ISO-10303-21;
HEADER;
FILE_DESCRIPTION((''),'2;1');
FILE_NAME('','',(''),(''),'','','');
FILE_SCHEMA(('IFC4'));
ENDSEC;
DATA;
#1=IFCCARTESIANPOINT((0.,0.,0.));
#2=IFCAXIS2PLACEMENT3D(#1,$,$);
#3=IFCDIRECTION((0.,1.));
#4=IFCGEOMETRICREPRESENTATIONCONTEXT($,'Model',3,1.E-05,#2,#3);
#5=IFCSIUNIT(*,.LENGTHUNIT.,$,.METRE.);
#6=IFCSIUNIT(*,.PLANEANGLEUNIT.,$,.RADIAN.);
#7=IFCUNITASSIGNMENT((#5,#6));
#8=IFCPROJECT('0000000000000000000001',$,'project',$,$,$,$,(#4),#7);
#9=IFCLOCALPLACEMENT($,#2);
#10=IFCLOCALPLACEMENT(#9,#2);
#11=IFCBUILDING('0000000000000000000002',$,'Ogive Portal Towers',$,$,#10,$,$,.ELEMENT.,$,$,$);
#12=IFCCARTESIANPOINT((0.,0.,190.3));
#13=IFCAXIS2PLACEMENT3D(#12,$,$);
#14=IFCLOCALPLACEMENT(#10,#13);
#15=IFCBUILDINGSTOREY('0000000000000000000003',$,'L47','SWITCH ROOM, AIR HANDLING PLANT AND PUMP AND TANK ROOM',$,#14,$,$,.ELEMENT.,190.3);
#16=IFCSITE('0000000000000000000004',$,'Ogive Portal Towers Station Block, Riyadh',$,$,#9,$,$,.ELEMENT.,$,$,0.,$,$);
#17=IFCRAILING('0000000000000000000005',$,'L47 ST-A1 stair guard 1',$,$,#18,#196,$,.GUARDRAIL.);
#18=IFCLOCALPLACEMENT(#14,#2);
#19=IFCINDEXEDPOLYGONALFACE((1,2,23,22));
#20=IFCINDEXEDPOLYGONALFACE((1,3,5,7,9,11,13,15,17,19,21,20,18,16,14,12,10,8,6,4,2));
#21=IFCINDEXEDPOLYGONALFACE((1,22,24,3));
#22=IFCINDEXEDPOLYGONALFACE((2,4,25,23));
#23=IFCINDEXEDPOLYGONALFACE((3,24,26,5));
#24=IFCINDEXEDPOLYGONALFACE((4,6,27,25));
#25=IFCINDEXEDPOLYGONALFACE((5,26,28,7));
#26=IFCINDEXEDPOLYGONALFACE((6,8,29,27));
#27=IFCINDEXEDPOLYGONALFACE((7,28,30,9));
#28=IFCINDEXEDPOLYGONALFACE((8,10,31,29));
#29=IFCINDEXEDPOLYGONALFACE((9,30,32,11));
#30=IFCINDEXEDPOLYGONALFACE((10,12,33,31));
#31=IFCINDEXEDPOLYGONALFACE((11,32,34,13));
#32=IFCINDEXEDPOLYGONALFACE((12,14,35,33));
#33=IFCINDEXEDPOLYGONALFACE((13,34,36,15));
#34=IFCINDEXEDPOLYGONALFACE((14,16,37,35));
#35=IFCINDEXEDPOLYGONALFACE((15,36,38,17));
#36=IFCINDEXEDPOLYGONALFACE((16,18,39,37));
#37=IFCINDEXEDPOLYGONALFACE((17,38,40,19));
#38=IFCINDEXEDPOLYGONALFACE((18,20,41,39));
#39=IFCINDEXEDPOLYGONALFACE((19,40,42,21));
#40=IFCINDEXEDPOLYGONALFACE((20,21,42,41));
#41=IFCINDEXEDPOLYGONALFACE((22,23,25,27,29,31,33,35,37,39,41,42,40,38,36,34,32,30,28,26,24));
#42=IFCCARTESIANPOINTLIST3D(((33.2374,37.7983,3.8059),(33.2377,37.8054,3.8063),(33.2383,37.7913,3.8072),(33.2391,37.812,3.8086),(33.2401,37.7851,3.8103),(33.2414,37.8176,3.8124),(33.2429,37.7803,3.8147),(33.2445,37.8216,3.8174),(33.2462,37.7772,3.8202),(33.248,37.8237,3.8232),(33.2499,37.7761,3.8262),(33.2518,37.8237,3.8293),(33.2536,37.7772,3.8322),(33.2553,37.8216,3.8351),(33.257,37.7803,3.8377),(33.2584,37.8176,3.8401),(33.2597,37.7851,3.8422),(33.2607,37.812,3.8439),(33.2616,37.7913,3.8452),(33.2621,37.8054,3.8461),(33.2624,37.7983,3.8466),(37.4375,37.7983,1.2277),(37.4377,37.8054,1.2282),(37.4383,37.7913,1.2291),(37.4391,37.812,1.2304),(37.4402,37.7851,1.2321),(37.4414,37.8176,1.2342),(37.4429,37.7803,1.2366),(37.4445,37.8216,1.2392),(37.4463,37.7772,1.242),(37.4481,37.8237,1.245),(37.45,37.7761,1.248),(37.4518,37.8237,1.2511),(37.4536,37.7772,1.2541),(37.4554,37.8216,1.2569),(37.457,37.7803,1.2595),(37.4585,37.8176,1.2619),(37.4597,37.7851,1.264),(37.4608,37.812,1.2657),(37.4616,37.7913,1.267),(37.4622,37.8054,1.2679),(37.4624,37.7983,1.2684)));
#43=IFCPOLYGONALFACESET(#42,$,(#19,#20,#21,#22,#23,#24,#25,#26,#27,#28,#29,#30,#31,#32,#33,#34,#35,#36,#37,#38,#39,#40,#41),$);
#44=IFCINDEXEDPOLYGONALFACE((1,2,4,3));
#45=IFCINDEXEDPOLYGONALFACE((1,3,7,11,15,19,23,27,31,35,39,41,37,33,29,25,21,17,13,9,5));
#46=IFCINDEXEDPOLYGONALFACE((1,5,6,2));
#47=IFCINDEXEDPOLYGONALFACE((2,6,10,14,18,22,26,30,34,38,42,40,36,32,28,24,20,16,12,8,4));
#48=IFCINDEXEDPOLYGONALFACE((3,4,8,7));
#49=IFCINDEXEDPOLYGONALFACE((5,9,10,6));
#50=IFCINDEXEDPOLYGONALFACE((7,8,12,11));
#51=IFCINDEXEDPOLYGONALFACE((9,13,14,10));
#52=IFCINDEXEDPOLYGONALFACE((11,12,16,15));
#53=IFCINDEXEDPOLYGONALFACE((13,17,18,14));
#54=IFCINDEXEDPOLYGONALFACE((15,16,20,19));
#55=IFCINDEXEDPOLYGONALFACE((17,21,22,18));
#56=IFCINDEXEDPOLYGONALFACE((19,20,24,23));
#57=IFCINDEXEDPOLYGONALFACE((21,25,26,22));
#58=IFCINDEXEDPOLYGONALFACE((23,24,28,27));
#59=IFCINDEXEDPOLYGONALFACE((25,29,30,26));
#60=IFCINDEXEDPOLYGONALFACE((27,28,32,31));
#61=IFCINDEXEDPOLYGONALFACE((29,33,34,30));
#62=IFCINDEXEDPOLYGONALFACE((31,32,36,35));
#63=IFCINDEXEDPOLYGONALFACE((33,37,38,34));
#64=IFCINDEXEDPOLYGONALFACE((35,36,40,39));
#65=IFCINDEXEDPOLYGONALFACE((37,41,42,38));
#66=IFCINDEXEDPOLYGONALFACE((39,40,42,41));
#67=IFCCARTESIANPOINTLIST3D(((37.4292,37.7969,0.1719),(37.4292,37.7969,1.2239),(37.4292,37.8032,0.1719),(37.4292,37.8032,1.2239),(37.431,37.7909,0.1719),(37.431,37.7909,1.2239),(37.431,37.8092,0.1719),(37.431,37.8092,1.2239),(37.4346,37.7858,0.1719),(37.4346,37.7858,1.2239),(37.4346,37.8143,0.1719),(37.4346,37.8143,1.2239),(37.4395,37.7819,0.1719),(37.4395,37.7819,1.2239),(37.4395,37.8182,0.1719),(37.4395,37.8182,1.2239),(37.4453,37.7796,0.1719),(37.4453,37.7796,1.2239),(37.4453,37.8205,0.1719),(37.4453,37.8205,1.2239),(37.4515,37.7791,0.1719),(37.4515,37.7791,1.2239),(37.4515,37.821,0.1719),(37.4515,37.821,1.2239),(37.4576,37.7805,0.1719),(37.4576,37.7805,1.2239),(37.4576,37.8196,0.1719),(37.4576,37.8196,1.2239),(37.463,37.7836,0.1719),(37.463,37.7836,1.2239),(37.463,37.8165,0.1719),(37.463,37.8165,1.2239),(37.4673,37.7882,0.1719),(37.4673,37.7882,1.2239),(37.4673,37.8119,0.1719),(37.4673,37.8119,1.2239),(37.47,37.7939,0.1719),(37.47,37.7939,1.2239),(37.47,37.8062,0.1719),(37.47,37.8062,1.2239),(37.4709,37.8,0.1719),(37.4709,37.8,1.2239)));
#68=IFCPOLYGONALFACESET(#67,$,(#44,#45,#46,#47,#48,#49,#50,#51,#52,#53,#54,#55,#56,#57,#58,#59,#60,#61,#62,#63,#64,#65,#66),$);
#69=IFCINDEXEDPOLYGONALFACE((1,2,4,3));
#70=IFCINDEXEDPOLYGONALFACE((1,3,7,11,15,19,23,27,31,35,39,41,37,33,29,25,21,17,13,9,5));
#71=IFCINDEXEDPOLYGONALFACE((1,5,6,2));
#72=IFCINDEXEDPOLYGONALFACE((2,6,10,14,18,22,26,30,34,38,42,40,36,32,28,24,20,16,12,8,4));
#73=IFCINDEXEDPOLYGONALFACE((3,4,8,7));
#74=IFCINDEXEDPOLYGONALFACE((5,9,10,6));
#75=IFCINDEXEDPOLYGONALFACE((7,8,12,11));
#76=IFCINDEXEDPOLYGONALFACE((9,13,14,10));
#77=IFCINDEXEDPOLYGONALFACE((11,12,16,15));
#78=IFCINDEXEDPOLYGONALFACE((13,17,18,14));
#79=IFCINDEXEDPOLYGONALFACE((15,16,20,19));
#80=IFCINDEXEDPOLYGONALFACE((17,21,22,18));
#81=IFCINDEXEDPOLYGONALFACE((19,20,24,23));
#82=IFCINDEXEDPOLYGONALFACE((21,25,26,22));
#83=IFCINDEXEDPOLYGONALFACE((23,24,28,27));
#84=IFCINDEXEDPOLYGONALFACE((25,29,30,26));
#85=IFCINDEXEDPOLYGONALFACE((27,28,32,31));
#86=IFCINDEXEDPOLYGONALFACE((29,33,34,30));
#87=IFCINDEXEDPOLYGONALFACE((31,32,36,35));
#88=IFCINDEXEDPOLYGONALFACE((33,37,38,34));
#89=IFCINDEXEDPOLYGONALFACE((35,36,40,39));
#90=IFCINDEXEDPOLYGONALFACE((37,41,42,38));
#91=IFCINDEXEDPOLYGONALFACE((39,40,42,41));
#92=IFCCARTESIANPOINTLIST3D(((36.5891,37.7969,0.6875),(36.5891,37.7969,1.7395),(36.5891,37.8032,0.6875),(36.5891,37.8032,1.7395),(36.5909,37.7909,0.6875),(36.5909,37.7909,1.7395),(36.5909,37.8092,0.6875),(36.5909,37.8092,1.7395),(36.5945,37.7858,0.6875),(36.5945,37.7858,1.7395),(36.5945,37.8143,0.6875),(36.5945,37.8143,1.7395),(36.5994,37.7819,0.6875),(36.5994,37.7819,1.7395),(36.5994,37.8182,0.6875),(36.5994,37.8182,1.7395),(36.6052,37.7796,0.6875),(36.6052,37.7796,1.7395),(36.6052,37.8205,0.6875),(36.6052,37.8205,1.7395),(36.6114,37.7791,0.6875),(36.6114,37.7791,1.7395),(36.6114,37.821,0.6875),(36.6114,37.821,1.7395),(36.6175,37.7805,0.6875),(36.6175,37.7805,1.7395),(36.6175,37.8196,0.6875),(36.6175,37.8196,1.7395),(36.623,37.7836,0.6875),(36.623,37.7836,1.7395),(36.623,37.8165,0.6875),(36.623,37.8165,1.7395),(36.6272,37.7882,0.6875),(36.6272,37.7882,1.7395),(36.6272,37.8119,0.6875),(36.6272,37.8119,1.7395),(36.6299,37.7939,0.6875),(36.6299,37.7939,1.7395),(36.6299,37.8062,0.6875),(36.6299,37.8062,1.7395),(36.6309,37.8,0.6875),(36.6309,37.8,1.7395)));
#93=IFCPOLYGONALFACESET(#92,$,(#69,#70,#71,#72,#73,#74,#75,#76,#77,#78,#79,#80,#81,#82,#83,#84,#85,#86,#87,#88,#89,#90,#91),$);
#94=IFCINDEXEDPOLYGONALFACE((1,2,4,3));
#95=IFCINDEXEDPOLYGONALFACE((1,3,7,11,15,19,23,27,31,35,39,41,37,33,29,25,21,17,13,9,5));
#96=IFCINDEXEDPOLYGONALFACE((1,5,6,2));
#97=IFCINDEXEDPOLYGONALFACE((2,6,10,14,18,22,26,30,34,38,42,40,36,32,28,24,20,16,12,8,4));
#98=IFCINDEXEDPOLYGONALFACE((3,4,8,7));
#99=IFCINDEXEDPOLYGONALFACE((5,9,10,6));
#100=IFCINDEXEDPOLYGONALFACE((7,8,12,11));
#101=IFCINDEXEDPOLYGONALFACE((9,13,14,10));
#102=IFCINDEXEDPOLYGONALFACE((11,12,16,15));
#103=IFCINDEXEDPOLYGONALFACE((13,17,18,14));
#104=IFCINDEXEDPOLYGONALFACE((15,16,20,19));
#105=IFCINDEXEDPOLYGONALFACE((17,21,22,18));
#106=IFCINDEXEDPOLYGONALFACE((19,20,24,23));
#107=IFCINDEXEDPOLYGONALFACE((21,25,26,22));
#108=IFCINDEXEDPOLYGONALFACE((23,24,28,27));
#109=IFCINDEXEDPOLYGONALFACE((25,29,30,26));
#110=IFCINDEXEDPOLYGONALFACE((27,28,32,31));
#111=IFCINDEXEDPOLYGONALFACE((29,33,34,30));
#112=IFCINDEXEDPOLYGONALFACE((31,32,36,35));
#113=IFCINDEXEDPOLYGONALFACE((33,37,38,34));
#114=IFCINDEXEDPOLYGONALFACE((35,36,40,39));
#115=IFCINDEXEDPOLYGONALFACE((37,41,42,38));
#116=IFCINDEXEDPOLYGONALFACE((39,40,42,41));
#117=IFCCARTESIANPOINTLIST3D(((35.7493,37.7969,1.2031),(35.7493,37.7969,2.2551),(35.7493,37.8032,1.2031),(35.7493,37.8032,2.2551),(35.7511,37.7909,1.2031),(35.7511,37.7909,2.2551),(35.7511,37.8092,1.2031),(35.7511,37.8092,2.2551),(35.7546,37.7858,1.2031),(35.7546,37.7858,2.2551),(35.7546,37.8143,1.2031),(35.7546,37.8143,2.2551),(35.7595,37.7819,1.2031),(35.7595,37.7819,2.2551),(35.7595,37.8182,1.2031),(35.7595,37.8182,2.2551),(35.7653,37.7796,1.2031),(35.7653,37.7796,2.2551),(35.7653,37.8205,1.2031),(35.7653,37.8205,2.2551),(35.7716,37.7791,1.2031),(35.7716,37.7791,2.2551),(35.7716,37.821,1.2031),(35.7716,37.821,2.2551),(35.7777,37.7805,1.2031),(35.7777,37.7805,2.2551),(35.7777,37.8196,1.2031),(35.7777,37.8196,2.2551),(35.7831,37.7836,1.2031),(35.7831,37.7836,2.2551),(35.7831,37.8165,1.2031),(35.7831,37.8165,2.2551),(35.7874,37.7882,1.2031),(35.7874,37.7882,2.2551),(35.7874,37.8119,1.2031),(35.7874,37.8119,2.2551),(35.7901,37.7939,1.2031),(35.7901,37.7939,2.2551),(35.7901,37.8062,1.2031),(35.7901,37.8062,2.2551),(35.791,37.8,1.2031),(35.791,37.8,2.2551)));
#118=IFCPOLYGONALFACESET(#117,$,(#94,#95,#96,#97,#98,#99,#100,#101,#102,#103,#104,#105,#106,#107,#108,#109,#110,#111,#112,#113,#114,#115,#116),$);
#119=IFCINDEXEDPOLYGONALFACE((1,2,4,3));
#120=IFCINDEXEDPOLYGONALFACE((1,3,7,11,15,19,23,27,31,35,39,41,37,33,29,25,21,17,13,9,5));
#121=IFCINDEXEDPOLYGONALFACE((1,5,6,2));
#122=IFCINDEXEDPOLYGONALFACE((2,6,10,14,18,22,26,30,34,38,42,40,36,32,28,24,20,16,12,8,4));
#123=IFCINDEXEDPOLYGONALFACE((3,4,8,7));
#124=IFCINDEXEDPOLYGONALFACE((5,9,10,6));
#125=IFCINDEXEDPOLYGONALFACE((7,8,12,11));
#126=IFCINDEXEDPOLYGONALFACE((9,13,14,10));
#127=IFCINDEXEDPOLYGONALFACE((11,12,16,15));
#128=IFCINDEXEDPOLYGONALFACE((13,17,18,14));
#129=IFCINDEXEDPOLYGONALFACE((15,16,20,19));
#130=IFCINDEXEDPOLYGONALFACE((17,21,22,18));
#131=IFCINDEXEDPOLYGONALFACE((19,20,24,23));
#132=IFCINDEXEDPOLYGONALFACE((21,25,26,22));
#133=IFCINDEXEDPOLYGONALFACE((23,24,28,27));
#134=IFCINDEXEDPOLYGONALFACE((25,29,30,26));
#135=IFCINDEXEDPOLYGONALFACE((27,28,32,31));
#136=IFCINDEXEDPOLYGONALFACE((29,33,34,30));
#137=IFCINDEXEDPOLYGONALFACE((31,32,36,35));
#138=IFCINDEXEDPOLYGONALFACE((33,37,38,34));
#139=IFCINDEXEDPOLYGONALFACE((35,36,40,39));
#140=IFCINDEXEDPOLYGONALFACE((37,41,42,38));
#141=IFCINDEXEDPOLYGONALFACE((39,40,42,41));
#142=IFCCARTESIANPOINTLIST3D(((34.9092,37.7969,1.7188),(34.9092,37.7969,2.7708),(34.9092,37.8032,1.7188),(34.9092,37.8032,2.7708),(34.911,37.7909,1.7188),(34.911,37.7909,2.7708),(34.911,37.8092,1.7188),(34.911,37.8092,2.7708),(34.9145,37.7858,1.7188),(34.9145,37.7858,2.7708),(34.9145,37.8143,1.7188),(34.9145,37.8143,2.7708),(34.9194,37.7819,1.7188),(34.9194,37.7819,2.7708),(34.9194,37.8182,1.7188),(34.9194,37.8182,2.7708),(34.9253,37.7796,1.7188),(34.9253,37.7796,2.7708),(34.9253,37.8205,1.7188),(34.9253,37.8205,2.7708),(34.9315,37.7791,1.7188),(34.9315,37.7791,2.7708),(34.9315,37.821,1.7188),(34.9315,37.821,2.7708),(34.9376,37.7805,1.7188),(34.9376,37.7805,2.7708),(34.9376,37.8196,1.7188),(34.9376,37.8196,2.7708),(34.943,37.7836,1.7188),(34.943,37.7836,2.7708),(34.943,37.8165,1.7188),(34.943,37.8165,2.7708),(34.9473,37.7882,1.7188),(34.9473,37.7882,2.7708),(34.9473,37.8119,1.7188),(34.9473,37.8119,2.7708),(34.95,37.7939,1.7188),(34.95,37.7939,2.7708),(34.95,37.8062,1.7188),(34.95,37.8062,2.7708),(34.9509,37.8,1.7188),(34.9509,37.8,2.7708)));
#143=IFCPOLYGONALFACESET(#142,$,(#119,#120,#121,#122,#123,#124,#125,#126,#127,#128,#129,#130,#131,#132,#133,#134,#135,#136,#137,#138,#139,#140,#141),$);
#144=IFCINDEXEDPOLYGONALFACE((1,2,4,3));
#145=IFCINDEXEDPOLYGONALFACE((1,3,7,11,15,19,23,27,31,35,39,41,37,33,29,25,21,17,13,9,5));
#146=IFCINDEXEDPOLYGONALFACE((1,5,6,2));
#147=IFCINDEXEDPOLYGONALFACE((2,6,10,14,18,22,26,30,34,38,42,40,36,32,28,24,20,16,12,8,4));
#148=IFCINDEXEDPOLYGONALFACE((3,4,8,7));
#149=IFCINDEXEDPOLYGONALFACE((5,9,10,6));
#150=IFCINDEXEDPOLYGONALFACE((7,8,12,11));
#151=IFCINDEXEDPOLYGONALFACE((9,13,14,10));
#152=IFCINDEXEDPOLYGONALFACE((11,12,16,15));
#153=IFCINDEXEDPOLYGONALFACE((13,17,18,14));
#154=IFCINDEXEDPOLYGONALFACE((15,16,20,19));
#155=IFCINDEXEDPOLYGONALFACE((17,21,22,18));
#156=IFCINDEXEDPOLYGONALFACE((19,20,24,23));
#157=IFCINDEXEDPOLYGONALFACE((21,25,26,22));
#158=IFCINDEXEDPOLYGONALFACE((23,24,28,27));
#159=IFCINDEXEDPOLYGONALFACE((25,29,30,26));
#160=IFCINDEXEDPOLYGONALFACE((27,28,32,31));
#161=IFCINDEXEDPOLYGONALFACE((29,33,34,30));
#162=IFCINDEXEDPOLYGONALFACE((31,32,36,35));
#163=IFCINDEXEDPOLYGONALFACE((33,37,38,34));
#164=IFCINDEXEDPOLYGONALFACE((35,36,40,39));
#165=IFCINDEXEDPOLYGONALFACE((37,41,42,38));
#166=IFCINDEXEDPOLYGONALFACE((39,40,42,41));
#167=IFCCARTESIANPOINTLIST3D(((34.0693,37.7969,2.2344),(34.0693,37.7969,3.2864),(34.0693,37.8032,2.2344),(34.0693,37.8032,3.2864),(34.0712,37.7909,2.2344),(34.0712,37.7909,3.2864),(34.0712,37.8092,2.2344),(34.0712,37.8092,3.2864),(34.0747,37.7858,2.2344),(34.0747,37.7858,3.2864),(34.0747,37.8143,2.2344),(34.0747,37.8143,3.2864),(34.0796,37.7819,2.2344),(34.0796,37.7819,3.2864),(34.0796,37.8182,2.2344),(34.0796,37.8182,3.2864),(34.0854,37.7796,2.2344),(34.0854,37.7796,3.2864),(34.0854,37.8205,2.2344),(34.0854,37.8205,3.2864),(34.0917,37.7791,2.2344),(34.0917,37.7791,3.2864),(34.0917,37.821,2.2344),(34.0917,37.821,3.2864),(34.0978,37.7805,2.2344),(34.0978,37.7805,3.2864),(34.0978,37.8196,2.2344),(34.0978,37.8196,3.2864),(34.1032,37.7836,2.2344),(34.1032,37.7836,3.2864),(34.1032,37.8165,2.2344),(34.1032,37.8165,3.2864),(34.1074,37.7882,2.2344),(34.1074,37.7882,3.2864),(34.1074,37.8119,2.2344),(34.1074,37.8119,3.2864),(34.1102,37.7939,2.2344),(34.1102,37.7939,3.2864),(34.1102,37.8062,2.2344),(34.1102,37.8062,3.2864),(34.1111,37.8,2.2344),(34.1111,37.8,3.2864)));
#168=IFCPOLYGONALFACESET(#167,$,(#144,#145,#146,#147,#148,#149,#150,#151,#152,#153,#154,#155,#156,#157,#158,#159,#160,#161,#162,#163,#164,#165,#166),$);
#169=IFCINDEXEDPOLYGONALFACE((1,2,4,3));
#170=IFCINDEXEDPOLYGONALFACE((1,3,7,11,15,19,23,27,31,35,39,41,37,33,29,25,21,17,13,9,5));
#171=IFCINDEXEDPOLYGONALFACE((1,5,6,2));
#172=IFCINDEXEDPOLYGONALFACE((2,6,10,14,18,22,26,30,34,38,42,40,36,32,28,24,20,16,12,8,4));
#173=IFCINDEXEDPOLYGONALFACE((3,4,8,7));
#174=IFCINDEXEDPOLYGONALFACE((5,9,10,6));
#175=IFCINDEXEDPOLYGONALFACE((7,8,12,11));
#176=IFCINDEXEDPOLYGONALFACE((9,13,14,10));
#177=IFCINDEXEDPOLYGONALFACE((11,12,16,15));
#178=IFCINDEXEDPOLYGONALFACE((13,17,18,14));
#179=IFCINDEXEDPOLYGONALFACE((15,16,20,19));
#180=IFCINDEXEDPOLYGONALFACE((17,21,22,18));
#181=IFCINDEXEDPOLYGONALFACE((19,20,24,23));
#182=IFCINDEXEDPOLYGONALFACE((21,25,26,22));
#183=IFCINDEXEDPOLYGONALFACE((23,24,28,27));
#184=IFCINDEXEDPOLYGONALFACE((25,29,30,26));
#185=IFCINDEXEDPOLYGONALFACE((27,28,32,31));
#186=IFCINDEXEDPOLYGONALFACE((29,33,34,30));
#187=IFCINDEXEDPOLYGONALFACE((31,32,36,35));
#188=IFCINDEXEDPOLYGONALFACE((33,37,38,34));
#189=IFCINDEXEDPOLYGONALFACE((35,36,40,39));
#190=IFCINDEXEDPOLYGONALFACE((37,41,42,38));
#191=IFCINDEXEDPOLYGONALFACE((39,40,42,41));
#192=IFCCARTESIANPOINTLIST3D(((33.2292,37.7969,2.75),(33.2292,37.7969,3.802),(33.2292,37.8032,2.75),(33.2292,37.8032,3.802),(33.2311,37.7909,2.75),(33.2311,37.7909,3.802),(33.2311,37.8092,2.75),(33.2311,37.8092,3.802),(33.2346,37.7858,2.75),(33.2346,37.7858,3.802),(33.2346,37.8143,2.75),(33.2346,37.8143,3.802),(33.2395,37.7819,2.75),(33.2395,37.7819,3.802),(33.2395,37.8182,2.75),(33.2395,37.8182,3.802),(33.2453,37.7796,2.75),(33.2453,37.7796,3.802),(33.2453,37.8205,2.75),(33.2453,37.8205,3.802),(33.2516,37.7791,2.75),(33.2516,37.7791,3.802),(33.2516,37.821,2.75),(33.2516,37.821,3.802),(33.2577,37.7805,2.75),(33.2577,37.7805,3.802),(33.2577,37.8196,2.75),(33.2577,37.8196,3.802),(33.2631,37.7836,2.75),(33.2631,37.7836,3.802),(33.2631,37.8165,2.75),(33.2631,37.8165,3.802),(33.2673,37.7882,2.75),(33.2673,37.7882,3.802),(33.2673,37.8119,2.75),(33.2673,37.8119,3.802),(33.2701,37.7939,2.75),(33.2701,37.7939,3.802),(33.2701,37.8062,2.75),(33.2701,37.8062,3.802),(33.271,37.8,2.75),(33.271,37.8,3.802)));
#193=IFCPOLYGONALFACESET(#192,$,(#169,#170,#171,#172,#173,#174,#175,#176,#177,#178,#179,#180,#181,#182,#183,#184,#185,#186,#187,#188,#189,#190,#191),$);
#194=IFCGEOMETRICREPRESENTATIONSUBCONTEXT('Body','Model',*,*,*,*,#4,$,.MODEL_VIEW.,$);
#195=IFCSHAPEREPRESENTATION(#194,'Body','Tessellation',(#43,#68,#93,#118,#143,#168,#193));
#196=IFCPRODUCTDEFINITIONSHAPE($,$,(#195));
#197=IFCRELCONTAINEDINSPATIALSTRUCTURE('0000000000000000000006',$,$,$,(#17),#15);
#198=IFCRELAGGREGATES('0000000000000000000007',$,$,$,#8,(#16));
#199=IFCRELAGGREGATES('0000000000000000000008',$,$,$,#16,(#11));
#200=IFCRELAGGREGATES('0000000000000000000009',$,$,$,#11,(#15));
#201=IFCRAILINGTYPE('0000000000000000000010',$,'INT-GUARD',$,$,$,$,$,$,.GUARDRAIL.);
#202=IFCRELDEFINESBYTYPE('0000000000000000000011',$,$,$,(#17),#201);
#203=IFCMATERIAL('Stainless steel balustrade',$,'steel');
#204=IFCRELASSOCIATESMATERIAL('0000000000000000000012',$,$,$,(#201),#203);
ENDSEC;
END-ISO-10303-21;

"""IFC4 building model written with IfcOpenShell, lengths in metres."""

from ifc_helpers import new_model, si_unit, direction, frame, origin, origin_2d, place, context, subcontext, project, spatial, circle, extrude, material, type_object, element, save


model = new_model("IFC4")

# Units and contexts
model_context = context("Model", 3, precision=1e-05, world=origin(), true_north=direction((0.0, 1.0)))
body_context = subcontext(model_context, "Body", "Model", "MODEL_VIEW")
ifc_project = project(units=[si_unit("LENGTHUNIT", "METRE"), si_unit("PLANEANGLEUNIT", "RADIAN")], contexts=[model_context])

# Site, building, storey
site_placement = place(None, origin())
site = spatial("IfcSite", under=ifc_project, at=site_placement, Name="Ogive Portal Towers Station Block, Riyadh", CompositionType="ELEMENT", RefElevation=0.0)
building_placement = place(site_placement, origin())
building = spatial("IfcBuilding", under=site, at=building_placement, Name="Ogive Portal Towers", CompositionType="ELEMENT")
storey_placement = place(building_placement, frame((0.0, 0.0, 190.3)))
storey = spatial("IfcBuildingStorey", under=building, at=storey_placement, Name="L47", Description="SWITCH ROOM, AIR HANDLING PLANT AND PUMP AND TANK ROOM", CompositionType="ELEMENT", Elevation=190.3)

# Railing
ifc_material_1 = material(Name="Stainless steel balustrade", Category="steel")
railing_type_1 = type_object("IfcRailingType", Name="INT-GUARD", PredefinedType="GUARDRAIL", material=ifc_material_1)
railing_1_placement = place(storey_placement, frame((37.45, 37.8, 0.1719)))
element("IfcRailing", 1, at=railing_1_placement, inside=storey, type_object=railing_type_1, Name="L47 ST-A1 stair guard 1", PredefinedType="GUARDRAIL", context=body_context, shape_type="SweptSolid", body=[
    extrude(circle(Radius=0.0239, at=origin_2d()), frame((0.0, 0.0, 1.0762), z_axis=(-0.852243, 0.0, 0.523146), x_axis=(0.0, -1.0, 0.0)), (0.0, 0.0, 1.0), 4.9282),
    extrude(circle(Radius=0.021, at=origin_2d()), origin(), (0.0, 0.0, 1.0), 1.052),
    extrude(circle(Radius=0.021, at=origin_2d()), frame((-0.8401, 0.0, 0.5156)), (0.0, 0.0, 1.0), 1.052),
    extrude(circle(Radius=0.021, at=origin_2d()), frame((-1.6799, 0.0, 1.0312)), (0.0, 0.0, 1.0), 1.052),
    extrude(circle(Radius=0.021, at=origin_2d()), frame((-2.52, 0.0, 1.5469)), (0.0, 0.0, 1.0), 1.052),
    extrude(circle(Radius=0.021, at=origin_2d()), frame((-3.3599, 0.0, 2.0625)), (0.0, 0.0, 1.0), 1.052),
    extrude(circle(Radius=0.021, at=origin_2d()), frame((-4.2, 0.0, 2.5781)), (0.0, 0.0, 1.0), 1.052),
])

save(model, "model.ifc")
